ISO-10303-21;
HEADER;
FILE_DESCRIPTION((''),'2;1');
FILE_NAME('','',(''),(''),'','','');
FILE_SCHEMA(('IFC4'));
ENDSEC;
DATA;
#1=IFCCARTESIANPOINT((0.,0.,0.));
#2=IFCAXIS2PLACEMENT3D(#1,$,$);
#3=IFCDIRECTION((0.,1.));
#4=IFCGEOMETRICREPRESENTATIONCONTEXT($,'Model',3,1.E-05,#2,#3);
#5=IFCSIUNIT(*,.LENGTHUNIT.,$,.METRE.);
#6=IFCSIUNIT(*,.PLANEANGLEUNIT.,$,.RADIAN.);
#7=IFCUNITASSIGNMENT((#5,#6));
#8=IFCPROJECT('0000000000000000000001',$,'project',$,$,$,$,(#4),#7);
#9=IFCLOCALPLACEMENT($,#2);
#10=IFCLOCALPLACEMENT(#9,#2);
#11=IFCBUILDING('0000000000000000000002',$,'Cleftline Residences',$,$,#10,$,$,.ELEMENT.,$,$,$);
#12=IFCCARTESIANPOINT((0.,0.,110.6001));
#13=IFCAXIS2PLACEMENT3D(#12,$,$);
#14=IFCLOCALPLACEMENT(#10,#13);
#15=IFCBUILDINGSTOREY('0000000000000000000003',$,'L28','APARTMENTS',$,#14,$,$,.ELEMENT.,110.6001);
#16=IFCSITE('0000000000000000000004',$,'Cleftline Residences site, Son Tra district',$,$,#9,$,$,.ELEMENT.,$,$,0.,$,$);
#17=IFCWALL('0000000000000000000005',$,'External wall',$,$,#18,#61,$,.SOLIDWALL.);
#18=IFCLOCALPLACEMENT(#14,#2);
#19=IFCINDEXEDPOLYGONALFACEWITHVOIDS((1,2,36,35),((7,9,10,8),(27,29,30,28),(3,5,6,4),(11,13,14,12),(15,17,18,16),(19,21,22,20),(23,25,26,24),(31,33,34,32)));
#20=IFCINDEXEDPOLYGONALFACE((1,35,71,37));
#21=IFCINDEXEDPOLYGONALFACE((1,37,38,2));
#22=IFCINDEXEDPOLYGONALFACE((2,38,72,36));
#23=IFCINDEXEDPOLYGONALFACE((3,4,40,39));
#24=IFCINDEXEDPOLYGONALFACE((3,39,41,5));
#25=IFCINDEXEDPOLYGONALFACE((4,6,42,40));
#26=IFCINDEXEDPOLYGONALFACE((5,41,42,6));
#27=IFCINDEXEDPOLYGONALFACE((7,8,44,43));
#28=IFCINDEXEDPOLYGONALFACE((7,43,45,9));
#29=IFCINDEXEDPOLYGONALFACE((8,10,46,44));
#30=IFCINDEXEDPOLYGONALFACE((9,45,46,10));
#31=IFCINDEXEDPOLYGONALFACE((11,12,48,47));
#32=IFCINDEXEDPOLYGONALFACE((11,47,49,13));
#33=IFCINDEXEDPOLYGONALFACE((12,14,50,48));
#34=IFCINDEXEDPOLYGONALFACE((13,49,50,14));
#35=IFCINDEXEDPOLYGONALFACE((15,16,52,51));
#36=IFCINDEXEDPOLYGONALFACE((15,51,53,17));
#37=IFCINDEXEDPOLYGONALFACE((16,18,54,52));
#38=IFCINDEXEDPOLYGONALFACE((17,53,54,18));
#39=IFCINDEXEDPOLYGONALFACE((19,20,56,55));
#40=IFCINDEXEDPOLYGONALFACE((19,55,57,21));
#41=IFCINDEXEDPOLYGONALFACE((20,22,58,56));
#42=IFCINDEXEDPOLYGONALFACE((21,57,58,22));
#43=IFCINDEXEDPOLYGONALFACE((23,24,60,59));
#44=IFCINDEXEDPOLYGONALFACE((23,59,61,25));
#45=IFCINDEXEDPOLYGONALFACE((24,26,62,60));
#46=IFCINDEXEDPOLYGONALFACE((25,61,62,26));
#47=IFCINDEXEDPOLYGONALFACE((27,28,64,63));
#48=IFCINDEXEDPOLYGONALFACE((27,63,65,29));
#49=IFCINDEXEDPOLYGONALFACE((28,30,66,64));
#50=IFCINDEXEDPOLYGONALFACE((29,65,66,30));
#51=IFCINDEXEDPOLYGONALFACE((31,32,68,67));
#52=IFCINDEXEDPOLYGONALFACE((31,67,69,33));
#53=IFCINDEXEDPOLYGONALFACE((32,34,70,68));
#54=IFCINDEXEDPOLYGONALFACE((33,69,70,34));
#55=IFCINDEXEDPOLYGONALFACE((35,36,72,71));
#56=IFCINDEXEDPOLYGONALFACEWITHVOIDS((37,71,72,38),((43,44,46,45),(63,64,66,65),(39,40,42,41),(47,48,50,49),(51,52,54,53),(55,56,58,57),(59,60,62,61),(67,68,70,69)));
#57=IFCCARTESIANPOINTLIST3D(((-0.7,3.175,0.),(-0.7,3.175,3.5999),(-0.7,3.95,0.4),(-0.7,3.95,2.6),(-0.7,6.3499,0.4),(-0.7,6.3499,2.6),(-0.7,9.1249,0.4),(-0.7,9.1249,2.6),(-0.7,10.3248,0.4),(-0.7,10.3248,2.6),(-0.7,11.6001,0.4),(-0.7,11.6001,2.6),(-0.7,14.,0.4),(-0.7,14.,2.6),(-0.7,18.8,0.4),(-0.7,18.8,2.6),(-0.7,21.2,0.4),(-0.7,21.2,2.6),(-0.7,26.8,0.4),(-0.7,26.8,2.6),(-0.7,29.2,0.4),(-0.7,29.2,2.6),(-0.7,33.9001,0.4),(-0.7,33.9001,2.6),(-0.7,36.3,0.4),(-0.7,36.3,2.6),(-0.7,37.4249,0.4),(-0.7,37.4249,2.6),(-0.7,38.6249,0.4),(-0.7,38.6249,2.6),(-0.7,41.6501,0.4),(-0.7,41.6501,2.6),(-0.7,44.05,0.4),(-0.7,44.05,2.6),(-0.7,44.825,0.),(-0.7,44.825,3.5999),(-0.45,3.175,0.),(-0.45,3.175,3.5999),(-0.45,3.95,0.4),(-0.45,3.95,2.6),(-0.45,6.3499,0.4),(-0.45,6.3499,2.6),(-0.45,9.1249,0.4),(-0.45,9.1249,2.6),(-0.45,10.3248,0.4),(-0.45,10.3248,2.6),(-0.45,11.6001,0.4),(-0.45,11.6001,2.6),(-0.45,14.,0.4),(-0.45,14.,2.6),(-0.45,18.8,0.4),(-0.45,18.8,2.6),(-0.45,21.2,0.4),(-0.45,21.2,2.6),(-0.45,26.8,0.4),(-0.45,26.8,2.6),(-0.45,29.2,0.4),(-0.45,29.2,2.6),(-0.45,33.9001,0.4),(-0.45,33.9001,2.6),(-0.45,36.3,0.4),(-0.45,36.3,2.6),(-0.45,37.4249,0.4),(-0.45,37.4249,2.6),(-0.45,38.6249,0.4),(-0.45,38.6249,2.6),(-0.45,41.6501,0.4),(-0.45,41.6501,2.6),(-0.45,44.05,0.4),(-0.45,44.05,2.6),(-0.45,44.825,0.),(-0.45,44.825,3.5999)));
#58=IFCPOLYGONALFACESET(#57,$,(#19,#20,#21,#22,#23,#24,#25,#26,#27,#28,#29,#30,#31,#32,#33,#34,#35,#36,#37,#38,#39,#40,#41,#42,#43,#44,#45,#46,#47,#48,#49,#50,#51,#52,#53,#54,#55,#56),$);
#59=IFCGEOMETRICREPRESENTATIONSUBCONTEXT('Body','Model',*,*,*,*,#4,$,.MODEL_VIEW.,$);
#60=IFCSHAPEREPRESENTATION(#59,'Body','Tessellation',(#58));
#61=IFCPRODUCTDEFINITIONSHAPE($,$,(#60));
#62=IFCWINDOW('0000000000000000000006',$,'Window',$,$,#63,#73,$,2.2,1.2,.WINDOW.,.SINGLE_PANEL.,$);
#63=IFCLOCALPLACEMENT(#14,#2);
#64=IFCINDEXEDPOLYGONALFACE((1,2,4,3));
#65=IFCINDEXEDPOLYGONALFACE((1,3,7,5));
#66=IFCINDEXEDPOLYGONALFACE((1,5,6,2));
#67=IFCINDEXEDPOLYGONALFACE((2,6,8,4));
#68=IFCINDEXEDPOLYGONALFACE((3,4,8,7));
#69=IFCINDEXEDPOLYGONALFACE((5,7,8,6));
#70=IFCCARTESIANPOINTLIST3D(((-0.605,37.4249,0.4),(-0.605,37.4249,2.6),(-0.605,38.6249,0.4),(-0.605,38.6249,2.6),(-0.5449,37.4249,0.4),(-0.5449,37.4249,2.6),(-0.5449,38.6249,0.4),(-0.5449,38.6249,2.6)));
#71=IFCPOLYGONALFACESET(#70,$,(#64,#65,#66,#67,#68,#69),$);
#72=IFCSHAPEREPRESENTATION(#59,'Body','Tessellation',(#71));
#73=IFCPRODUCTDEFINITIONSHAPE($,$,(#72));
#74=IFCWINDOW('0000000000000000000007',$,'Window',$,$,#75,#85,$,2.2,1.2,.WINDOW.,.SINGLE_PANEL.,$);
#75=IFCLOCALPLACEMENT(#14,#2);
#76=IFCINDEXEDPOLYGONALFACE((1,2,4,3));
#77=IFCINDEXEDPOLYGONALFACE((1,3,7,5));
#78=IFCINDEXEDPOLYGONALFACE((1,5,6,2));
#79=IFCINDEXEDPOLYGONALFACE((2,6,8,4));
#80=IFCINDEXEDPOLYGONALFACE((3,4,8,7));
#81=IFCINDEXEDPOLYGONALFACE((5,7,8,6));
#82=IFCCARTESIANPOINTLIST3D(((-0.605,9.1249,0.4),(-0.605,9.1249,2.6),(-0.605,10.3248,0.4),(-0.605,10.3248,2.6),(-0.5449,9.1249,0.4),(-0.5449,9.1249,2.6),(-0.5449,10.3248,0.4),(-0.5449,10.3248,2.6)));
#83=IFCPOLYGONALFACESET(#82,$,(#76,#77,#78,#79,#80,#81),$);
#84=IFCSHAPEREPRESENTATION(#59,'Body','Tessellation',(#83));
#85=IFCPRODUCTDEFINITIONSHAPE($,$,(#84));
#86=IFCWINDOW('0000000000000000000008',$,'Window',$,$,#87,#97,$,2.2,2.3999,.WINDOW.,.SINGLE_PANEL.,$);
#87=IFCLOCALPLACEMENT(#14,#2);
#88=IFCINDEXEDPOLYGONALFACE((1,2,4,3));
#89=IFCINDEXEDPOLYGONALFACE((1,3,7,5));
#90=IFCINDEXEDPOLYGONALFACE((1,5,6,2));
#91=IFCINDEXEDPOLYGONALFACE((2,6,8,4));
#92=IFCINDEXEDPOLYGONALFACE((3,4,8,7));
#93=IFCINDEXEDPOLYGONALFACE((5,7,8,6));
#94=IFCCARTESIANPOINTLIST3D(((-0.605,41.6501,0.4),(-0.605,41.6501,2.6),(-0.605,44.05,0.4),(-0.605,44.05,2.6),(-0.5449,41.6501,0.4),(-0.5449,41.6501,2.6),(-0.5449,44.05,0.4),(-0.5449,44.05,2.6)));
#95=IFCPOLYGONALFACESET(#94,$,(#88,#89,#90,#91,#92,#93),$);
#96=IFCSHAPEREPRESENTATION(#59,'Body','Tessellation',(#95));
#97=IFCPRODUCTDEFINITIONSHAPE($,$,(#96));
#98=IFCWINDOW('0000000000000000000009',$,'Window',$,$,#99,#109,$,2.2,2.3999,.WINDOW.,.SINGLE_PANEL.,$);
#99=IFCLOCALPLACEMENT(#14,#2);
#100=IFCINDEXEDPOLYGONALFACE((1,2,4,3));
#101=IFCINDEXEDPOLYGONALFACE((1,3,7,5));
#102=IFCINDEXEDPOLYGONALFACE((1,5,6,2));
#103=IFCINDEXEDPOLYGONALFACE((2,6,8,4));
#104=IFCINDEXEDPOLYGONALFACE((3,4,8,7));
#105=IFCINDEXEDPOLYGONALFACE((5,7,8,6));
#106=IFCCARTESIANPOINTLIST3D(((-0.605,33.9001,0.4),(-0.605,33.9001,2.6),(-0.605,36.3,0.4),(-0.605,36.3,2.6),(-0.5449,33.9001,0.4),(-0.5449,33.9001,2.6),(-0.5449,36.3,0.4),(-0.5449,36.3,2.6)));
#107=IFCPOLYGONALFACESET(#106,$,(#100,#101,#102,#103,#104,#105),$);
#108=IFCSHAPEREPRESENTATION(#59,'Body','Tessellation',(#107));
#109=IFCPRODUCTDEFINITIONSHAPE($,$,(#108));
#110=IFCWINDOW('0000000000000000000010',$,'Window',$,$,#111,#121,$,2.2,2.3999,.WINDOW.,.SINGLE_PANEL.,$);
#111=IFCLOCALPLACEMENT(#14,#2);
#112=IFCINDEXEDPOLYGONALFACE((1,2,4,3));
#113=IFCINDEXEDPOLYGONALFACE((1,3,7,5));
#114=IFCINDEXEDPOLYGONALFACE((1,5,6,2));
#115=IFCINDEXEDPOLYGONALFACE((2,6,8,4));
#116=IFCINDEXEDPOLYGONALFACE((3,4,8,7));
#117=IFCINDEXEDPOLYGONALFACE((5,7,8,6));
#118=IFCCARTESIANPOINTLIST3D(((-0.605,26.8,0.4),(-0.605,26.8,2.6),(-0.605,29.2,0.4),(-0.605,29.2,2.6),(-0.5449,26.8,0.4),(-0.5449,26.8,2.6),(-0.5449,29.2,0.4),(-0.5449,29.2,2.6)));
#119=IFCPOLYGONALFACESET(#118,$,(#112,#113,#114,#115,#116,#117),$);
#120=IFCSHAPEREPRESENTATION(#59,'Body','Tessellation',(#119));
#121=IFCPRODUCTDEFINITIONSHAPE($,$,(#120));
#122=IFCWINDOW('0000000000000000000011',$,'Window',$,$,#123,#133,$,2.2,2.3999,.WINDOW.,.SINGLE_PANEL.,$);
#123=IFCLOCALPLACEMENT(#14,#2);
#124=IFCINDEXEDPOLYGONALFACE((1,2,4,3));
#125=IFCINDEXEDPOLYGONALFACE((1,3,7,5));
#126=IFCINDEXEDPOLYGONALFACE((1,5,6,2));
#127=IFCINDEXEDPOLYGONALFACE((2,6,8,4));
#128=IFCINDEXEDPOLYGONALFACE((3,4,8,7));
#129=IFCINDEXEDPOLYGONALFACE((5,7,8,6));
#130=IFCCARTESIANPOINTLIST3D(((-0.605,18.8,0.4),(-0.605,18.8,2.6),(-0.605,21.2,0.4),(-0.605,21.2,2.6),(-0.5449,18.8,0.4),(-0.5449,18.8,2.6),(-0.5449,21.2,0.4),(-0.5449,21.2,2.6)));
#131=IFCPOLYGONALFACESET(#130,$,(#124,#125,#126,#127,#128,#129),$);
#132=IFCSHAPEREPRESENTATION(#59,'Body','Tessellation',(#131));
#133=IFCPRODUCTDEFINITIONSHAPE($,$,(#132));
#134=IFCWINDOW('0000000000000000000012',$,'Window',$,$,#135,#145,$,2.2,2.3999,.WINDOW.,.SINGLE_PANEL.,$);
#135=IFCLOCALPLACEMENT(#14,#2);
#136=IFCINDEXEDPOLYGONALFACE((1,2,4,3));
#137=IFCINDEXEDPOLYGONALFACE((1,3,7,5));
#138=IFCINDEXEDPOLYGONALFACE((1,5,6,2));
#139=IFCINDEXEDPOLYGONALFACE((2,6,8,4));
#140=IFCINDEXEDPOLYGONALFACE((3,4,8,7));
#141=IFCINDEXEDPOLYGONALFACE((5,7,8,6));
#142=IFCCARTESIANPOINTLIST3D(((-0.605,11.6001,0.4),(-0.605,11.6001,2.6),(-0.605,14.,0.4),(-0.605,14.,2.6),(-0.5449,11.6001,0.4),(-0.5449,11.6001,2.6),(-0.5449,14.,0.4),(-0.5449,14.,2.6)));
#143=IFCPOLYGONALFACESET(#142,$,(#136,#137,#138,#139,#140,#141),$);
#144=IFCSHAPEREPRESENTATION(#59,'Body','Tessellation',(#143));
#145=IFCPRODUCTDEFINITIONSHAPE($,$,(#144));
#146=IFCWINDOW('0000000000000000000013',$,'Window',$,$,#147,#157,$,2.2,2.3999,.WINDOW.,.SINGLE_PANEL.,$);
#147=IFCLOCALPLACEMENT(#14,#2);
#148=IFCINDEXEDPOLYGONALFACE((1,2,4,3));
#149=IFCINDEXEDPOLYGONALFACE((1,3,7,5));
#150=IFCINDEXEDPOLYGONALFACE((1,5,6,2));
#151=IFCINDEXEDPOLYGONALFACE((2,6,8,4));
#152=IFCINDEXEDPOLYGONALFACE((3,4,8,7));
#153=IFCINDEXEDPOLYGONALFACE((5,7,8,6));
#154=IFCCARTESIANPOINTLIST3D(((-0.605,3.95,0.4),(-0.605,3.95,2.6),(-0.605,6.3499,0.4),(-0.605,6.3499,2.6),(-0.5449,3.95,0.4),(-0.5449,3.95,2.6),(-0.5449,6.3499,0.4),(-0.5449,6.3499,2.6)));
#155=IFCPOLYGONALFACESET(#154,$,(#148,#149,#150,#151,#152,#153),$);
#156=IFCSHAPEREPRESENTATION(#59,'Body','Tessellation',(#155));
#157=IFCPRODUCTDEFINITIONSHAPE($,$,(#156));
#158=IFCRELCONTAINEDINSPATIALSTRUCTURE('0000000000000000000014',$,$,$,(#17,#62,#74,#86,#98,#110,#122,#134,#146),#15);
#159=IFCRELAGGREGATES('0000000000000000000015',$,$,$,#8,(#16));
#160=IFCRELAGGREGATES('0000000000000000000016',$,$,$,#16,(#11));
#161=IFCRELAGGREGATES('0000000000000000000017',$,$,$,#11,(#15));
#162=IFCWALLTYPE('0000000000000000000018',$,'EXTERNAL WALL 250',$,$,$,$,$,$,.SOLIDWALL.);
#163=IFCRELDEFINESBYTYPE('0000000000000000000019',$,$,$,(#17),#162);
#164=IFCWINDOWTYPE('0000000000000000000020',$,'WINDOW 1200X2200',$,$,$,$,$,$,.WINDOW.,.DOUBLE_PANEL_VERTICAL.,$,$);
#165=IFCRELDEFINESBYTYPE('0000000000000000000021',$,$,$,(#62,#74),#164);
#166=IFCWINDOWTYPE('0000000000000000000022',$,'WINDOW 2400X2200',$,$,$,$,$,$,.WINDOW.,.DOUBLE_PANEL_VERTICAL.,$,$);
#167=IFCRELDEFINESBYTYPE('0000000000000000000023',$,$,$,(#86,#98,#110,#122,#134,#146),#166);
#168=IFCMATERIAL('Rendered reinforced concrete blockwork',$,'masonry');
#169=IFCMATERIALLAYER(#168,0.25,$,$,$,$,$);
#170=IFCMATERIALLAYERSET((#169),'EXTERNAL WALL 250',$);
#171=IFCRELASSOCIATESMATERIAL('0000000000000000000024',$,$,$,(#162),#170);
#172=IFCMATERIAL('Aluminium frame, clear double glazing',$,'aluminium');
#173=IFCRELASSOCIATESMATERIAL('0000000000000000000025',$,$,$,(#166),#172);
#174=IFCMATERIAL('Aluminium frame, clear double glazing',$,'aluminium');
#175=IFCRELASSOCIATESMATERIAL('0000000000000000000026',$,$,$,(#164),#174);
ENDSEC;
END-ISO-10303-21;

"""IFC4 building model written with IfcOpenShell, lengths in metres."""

from ifc_helpers import new_model, si_unit, direction, frame, frame_2d, origin, place, context, subcontext, project, spatial, rectangle, extrude, material, layer, layer_set, type_object, element, fill, save


model = new_model("IFC4")

# Units and contexts
model_context = context("Model", 3, precision=1e-05, world=origin(), true_north=direction((0.0, 1.0)))
body_context = subcontext(model_context, "Body", "Model", "MODEL_VIEW")
ifc_project = project(units=[si_unit("LENGTHUNIT", "METRE"), si_unit("PLANEANGLEUNIT", "RADIAN")], contexts=[model_context])

# Site, building, storey
site_placement = place(None, origin())
site = spatial("IfcSite", under=ifc_project, at=site_placement, Name="Cleftline Residences site, Son Tra district", CompositionType="ELEMENT", RefElevation=0.0)
building_placement = place(site_placement, origin())
building = spatial("IfcBuilding", under=site, at=building_placement, Name="Cleftline Residences", CompositionType="ELEMENT")
storey_placement = place(building_placement, frame((0.0, 0.0, 110.6001)))
storey = spatial("IfcBuildingStorey", under=building, at=storey_placement, Name="L28", Description="APARTMENTS", CompositionType="ELEMENT", Elevation=110.6001)

# Shared definitions
ifc_material_1 = material(Name="Rendered reinforced concrete blockwork", Category="masonry")
ifc_layer_1 = layer(ifc_material_1, 0.25)
ifc_layer_set_1 = layer_set([ifc_layer_1], Name="EXTERNAL WALL 250")
wall_type_1 = type_object("IfcWallType", Name="EXTERNAL WALL 250", PredefinedType="SOLIDWALL", material=ifc_layer_set_1)
ifc_material_2 = material(Name="Aluminium frame, clear double glazing", Category="aluminium")
window_type_1 = type_object("IfcWindowType", Name="WINDOW 2400X2200", PartitioningType="DOUBLE_PANEL_VERTICAL", PredefinedType="WINDOW", material=ifc_material_2)

# Wall, openings, windows
wall_1_placement = place(storey_placement, frame((-0.575, 44.825, 0.0), z_axis=(0.0, 0.0, 1.0), x_axis=(0.0, -1.0, 0.0)))
wall_1 = element("IfcWall", 1, at=wall_1_placement, inside=storey, type_object=wall_type_1, Name="External wall", PredefinedType="SOLIDWALL", context=body_context, shape_type="SweptSolid", body=[
    extrude(rectangle(XDim=41.6499, YDim=0.25, at=frame_2d((20.825, 0.0))), origin(), (0.0, 0.0, 1.0), 3.5999),
])
opening_1_placement = place(wall_1_placement, frame((0.7749, 0.0, 0.3999)))
opening_1 = element("IfcOpeningElement", 2, at=opening_1_placement, cuts=wall_1, PredefinedType="OPENING", context=body_context, shape_type="SweptSolid", body=[
    extrude(rectangle(XDim=2.3999, YDim=2.2, at=frame_2d((1.2, 1.1001))), frame((0.0, 0.135, 0.0), z_axis=(0.0, -1.0, 0.0), x_axis=(1.0, 0.0, 0.0)), (0.0, 0.0, 1.0), 0.27),
])
opening_2_placement = place(wall_1_placement, frame((6.2, 0.0, 0.3999)))
opening_2 = element("IfcOpeningElement", 3, at=opening_2_placement, cuts=wall_1, PredefinedType="OPENING", context=body_context, shape_type="SweptSolid", body=[
    extrude(rectangle(XDim=1.2, YDim=2.2, at=frame_2d((0.6001, 1.1001))), frame((0.0, 0.135, 0.0), z_axis=(0.0, -1.0, 0.0), x_axis=(1.0, 0.0, 0.0)), (0.0, 0.0, 1.0), 0.27),
])
opening_3_placement = place(wall_1_placement, frame((8.5249, 0.0, 0.3999)))
opening_3 = element("IfcOpeningElement", 4, at=opening_3_placement, cuts=wall_1, PredefinedType="OPENING", context=body_context, shape_type="SweptSolid", body=[
    extrude(rectangle(XDim=2.3999, YDim=2.2, at=frame_2d((1.2, 1.1001))), frame((0.0, 0.135, 0.0), z_axis=(0.0, -1.0, 0.0), x_axis=(1.0, 0.0, 0.0)), (0.0, 0.0, 1.0), 0.27),
])
opening_4_placement = place(wall_1_placement, frame((15.625, 0.0, 0.3999)))
opening_4 = element("IfcOpeningElement", 5, at=opening_4_placement, cuts=wall_1, PredefinedType="OPENING", context=body_context, shape_type="SweptSolid", body=[
    extrude(rectangle(XDim=2.3999, YDim=2.2, at=frame_2d((1.2, 1.1001))), frame((0.0, 0.135, 0.0), z_axis=(0.0, -1.0, 0.0), x_axis=(1.0, 0.0, 0.0)), (0.0, 0.0, 1.0), 0.27),
])
opening_5_placement = place(wall_1_placement, frame((23.625, 0.0, 0.3999)))
opening_5 = element("IfcOpeningElement", 6, at=opening_5_placement, cuts=wall_1, PredefinedType="OPENING", context=body_context, shape_type="SweptSolid", body=[
    extrude(rectangle(XDim=2.3999, YDim=2.2, at=frame_2d((1.2, 1.1001))), frame((0.0, 0.135, 0.0), z_axis=(0.0, -1.0, 0.0), x_axis=(1.0, 0.0, 0.0)), (0.0, 0.0, 1.0), 0.27),
])
opening_6_placement = place(wall_1_placement, frame((30.825, 0.0, 0.3999)))
opening_6 = element("IfcOpeningElement", 7, at=opening_6_placement, cuts=wall_1, PredefinedType="OPENING", context=body_context, shape_type="SweptSolid", body=[
    extrude(rectangle(XDim=2.3999, YDim=2.2, at=frame_2d((1.2, 1.1001))), frame((0.0, 0.135, 0.0), z_axis=(0.0, -1.0, 0.0), x_axis=(1.0, 0.0, 0.0)), (0.0, 0.0, 1.0), 0.27),
])
opening_7_placement = place(wall_1_placement, frame((34.5, 0.0, 0.3999)))
opening_7 = element("IfcOpeningElement", 8, at=opening_7_placement, cuts=wall_1, PredefinedType="OPENING", context=body_context, shape_type="SweptSolid", body=[
    extrude(rectangle(XDim=1.2, YDim=2.2, at=frame_2d((0.6001, 1.1001))), frame((0.0, 0.135, 0.0), z_axis=(0.0, -1.0, 0.0), x_axis=(1.0, 0.0, 0.0)), (0.0, 0.0, 1.0), 0.27),
])
opening_8_placement = place(wall_1_placement, frame((38.4751, 0.0, 0.3999)))
opening_8 = element("IfcOpeningElement", 9, at=opening_8_placement, cuts=wall_1, PredefinedType="OPENING", context=body_context, shape_type="SweptSolid", body=[
    extrude(rectangle(XDim=2.3999, YDim=2.2, at=frame_2d((1.2, 1.1001))), frame((0.0, 0.135, 0.0), z_axis=(0.0, -1.0, 0.0), x_axis=(1.0, 0.0, 0.0)), (0.0, 0.0, 1.0), 0.27),
])
ifc_material_3 = material(Name="Aluminium frame, clear double glazing", Category="aluminium")
window_type_2 = type_object("IfcWindowType", Name="WINDOW 1200X2200", PartitioningType="DOUBLE_PANEL_VERTICAL", PredefinedType="WINDOW", material=ifc_material_3)
window_1_placement = place(opening_2_placement, origin())
window_1 = element("IfcWindow", 10, at=window_1_placement, inside=storey, type_object=window_type_2, Name="Window", OverallHeight=2.2, OverallWidth=1.2, PartitioningType="SINGLE_PANEL", PredefinedType="WINDOW", context=body_context, shape_type="SweptSolid", body=[
    extrude(rectangle(XDim=1.2, YDim=2.2, at=frame_2d((0.6001, 1.1001))), frame((0.0, 0.03, 0.0), z_axis=(0.0, -1.0, 0.0), x_axis=(1.0, 0.0, 0.0)), (0.0, 0.0, 1.0), 0.0601),
])
fill(opening_2, window_1)
window_2_placement = place(opening_7_placement, origin())
window_2 = element("IfcWindow", 11, at=window_2_placement, inside=storey, type_object=window_type_2, Name="Window", OverallHeight=2.2, OverallWidth=1.2, PartitioningType="SINGLE_PANEL", PredefinedType="WINDOW", context=body_context, shape_type="SweptSolid", body=[
    extrude(rectangle(XDim=1.2, YDim=2.2, at=frame_2d((0.6001, 1.1001))), frame((0.0, 0.03, 0.0), z_axis=(0.0, -1.0, 0.0), x_axis=(1.0, 0.0, 0.0)), (0.0, 0.0, 1.0), 0.0601),
])
fill(opening_7, window_2)
window_3_placement = place(opening_1_placement, origin())
window_3 = element("IfcWindow", 12, at=window_3_placement, inside=storey, type_object=window_type_1, Name="Window", OverallHeight=2.2, OverallWidth=2.3999, PartitioningType="SINGLE_PANEL", PredefinedType="WINDOW", context=body_context, shape_type="SweptSolid", body=[
    extrude(rectangle(XDim=2.3999, YDim=2.2, at=frame_2d((1.2, 1.1001))), frame((0.0, 0.03, 0.0), z_axis=(0.0, -1.0, 0.0), x_axis=(1.0, 0.0, 0.0)), (0.0, 0.0, 1.0), 0.0601),
])
fill(opening_1, window_3)
window_4_placement = place(opening_3_placement, origin())
window_4 = element("IfcWindow", 13, at=window_4_placement, inside=storey, type_object=window_type_1, Name="Window", OverallHeight=2.2, OverallWidth=2.3999, PartitioningType="SINGLE_PANEL", PredefinedType="WINDOW", context=body_context, shape_type="SweptSolid", body=[
    extrude(rectangle(XDim=2.3999, YDim=2.2, at=frame_2d((1.2, 1.1001))), frame((0.0, 0.03, 0.0), z_axis=(0.0, -1.0, 0.0), x_axis=(1.0, 0.0, 0.0)), (0.0, 0.0, 1.0), 0.0601),
])
fill(opening_3, window_4)
window_5_placement = place(opening_4_placement, origin())
window_5 = element("IfcWindow", 14, at=window_5_placement, inside=storey, type_object=window_type_1, Name="Window", OverallHeight=2.2, OverallWidth=2.3999, PartitioningType="SINGLE_PANEL", PredefinedType="WINDOW", context=body_context, shape_type="SweptSolid", body=[
    extrude(rectangle(XDim=2.3999, YDim=2.2, at=frame_2d((1.2, 1.1001))), frame((0.0, 0.03, 0.0), z_axis=(0.0, -1.0, 0.0), x_axis=(1.0, 0.0, 0.0)), (0.0, 0.0, 1.0), 0.0601),
])
fill(opening_4, window_5)
window_6_placement = place(opening_5_placement, origin())
window_6 = element("IfcWindow", 15, at=window_6_placement, inside=storey, type_object=window_type_1, Name="Window", OverallHeight=2.2, OverallWidth=2.3999, PartitioningType="SINGLE_PANEL", PredefinedType="WINDOW", context=body_context, shape_type="SweptSolid", body=[
    extrude(rectangle(XDim=2.3999, YDim=2.2, at=frame_2d((1.2, 1.1001))), frame((0.0, 0.03, 0.0), z_axis=(0.0, -1.0, 0.0), x_axis=(1.0, 0.0, 0.0)), (0.0, 0.0, 1.0), 0.0601),
])
fill(opening_5, window_6)
window_7_placement = place(opening_6_placement, origin())
window_7 = element("IfcWindow", 16, at=window_7_placement, inside=storey, type_object=window_type_1, Name="Window", OverallHeight=2.2, OverallWidth=2.3999, PartitioningType="SINGLE_PANEL", PredefinedType="WINDOW", context=body_context, shape_type="SweptSolid", body=[
    extrude(rectangle(XDim=2.3999, YDim=2.2, at=frame_2d((1.2, 1.1001))), frame((0.0, 0.03, 0.0), z_axis=(0.0, -1.0, 0.0), x_axis=(1.0, 0.0, 0.0)), (0.0, 0.0, 1.0), 0.0601),
])
fill(opening_6, window_7)
window_8_placement = place(opening_8_placement, origin())
window_8 = element("IfcWindow", 17, at=window_8_placement, inside=storey, type_object=window_type_1, Name="Window", OverallHeight=2.2, OverallWidth=2.3999, PartitioningType="SINGLE_PANEL", PredefinedType="WINDOW", context=body_context, shape_type="SweptSolid", body=[
    extrude(rectangle(XDim=2.3999, YDim=2.2, at=frame_2d((1.2, 1.1001))), frame((0.0, 0.03, 0.0), z_axis=(0.0, -1.0, 0.0), x_axis=(1.0, 0.0, 0.0)), (0.0, 0.0, 1.0), 0.0601),
])
fill(opening_8, window_8)

save(model, "model.ifc")
